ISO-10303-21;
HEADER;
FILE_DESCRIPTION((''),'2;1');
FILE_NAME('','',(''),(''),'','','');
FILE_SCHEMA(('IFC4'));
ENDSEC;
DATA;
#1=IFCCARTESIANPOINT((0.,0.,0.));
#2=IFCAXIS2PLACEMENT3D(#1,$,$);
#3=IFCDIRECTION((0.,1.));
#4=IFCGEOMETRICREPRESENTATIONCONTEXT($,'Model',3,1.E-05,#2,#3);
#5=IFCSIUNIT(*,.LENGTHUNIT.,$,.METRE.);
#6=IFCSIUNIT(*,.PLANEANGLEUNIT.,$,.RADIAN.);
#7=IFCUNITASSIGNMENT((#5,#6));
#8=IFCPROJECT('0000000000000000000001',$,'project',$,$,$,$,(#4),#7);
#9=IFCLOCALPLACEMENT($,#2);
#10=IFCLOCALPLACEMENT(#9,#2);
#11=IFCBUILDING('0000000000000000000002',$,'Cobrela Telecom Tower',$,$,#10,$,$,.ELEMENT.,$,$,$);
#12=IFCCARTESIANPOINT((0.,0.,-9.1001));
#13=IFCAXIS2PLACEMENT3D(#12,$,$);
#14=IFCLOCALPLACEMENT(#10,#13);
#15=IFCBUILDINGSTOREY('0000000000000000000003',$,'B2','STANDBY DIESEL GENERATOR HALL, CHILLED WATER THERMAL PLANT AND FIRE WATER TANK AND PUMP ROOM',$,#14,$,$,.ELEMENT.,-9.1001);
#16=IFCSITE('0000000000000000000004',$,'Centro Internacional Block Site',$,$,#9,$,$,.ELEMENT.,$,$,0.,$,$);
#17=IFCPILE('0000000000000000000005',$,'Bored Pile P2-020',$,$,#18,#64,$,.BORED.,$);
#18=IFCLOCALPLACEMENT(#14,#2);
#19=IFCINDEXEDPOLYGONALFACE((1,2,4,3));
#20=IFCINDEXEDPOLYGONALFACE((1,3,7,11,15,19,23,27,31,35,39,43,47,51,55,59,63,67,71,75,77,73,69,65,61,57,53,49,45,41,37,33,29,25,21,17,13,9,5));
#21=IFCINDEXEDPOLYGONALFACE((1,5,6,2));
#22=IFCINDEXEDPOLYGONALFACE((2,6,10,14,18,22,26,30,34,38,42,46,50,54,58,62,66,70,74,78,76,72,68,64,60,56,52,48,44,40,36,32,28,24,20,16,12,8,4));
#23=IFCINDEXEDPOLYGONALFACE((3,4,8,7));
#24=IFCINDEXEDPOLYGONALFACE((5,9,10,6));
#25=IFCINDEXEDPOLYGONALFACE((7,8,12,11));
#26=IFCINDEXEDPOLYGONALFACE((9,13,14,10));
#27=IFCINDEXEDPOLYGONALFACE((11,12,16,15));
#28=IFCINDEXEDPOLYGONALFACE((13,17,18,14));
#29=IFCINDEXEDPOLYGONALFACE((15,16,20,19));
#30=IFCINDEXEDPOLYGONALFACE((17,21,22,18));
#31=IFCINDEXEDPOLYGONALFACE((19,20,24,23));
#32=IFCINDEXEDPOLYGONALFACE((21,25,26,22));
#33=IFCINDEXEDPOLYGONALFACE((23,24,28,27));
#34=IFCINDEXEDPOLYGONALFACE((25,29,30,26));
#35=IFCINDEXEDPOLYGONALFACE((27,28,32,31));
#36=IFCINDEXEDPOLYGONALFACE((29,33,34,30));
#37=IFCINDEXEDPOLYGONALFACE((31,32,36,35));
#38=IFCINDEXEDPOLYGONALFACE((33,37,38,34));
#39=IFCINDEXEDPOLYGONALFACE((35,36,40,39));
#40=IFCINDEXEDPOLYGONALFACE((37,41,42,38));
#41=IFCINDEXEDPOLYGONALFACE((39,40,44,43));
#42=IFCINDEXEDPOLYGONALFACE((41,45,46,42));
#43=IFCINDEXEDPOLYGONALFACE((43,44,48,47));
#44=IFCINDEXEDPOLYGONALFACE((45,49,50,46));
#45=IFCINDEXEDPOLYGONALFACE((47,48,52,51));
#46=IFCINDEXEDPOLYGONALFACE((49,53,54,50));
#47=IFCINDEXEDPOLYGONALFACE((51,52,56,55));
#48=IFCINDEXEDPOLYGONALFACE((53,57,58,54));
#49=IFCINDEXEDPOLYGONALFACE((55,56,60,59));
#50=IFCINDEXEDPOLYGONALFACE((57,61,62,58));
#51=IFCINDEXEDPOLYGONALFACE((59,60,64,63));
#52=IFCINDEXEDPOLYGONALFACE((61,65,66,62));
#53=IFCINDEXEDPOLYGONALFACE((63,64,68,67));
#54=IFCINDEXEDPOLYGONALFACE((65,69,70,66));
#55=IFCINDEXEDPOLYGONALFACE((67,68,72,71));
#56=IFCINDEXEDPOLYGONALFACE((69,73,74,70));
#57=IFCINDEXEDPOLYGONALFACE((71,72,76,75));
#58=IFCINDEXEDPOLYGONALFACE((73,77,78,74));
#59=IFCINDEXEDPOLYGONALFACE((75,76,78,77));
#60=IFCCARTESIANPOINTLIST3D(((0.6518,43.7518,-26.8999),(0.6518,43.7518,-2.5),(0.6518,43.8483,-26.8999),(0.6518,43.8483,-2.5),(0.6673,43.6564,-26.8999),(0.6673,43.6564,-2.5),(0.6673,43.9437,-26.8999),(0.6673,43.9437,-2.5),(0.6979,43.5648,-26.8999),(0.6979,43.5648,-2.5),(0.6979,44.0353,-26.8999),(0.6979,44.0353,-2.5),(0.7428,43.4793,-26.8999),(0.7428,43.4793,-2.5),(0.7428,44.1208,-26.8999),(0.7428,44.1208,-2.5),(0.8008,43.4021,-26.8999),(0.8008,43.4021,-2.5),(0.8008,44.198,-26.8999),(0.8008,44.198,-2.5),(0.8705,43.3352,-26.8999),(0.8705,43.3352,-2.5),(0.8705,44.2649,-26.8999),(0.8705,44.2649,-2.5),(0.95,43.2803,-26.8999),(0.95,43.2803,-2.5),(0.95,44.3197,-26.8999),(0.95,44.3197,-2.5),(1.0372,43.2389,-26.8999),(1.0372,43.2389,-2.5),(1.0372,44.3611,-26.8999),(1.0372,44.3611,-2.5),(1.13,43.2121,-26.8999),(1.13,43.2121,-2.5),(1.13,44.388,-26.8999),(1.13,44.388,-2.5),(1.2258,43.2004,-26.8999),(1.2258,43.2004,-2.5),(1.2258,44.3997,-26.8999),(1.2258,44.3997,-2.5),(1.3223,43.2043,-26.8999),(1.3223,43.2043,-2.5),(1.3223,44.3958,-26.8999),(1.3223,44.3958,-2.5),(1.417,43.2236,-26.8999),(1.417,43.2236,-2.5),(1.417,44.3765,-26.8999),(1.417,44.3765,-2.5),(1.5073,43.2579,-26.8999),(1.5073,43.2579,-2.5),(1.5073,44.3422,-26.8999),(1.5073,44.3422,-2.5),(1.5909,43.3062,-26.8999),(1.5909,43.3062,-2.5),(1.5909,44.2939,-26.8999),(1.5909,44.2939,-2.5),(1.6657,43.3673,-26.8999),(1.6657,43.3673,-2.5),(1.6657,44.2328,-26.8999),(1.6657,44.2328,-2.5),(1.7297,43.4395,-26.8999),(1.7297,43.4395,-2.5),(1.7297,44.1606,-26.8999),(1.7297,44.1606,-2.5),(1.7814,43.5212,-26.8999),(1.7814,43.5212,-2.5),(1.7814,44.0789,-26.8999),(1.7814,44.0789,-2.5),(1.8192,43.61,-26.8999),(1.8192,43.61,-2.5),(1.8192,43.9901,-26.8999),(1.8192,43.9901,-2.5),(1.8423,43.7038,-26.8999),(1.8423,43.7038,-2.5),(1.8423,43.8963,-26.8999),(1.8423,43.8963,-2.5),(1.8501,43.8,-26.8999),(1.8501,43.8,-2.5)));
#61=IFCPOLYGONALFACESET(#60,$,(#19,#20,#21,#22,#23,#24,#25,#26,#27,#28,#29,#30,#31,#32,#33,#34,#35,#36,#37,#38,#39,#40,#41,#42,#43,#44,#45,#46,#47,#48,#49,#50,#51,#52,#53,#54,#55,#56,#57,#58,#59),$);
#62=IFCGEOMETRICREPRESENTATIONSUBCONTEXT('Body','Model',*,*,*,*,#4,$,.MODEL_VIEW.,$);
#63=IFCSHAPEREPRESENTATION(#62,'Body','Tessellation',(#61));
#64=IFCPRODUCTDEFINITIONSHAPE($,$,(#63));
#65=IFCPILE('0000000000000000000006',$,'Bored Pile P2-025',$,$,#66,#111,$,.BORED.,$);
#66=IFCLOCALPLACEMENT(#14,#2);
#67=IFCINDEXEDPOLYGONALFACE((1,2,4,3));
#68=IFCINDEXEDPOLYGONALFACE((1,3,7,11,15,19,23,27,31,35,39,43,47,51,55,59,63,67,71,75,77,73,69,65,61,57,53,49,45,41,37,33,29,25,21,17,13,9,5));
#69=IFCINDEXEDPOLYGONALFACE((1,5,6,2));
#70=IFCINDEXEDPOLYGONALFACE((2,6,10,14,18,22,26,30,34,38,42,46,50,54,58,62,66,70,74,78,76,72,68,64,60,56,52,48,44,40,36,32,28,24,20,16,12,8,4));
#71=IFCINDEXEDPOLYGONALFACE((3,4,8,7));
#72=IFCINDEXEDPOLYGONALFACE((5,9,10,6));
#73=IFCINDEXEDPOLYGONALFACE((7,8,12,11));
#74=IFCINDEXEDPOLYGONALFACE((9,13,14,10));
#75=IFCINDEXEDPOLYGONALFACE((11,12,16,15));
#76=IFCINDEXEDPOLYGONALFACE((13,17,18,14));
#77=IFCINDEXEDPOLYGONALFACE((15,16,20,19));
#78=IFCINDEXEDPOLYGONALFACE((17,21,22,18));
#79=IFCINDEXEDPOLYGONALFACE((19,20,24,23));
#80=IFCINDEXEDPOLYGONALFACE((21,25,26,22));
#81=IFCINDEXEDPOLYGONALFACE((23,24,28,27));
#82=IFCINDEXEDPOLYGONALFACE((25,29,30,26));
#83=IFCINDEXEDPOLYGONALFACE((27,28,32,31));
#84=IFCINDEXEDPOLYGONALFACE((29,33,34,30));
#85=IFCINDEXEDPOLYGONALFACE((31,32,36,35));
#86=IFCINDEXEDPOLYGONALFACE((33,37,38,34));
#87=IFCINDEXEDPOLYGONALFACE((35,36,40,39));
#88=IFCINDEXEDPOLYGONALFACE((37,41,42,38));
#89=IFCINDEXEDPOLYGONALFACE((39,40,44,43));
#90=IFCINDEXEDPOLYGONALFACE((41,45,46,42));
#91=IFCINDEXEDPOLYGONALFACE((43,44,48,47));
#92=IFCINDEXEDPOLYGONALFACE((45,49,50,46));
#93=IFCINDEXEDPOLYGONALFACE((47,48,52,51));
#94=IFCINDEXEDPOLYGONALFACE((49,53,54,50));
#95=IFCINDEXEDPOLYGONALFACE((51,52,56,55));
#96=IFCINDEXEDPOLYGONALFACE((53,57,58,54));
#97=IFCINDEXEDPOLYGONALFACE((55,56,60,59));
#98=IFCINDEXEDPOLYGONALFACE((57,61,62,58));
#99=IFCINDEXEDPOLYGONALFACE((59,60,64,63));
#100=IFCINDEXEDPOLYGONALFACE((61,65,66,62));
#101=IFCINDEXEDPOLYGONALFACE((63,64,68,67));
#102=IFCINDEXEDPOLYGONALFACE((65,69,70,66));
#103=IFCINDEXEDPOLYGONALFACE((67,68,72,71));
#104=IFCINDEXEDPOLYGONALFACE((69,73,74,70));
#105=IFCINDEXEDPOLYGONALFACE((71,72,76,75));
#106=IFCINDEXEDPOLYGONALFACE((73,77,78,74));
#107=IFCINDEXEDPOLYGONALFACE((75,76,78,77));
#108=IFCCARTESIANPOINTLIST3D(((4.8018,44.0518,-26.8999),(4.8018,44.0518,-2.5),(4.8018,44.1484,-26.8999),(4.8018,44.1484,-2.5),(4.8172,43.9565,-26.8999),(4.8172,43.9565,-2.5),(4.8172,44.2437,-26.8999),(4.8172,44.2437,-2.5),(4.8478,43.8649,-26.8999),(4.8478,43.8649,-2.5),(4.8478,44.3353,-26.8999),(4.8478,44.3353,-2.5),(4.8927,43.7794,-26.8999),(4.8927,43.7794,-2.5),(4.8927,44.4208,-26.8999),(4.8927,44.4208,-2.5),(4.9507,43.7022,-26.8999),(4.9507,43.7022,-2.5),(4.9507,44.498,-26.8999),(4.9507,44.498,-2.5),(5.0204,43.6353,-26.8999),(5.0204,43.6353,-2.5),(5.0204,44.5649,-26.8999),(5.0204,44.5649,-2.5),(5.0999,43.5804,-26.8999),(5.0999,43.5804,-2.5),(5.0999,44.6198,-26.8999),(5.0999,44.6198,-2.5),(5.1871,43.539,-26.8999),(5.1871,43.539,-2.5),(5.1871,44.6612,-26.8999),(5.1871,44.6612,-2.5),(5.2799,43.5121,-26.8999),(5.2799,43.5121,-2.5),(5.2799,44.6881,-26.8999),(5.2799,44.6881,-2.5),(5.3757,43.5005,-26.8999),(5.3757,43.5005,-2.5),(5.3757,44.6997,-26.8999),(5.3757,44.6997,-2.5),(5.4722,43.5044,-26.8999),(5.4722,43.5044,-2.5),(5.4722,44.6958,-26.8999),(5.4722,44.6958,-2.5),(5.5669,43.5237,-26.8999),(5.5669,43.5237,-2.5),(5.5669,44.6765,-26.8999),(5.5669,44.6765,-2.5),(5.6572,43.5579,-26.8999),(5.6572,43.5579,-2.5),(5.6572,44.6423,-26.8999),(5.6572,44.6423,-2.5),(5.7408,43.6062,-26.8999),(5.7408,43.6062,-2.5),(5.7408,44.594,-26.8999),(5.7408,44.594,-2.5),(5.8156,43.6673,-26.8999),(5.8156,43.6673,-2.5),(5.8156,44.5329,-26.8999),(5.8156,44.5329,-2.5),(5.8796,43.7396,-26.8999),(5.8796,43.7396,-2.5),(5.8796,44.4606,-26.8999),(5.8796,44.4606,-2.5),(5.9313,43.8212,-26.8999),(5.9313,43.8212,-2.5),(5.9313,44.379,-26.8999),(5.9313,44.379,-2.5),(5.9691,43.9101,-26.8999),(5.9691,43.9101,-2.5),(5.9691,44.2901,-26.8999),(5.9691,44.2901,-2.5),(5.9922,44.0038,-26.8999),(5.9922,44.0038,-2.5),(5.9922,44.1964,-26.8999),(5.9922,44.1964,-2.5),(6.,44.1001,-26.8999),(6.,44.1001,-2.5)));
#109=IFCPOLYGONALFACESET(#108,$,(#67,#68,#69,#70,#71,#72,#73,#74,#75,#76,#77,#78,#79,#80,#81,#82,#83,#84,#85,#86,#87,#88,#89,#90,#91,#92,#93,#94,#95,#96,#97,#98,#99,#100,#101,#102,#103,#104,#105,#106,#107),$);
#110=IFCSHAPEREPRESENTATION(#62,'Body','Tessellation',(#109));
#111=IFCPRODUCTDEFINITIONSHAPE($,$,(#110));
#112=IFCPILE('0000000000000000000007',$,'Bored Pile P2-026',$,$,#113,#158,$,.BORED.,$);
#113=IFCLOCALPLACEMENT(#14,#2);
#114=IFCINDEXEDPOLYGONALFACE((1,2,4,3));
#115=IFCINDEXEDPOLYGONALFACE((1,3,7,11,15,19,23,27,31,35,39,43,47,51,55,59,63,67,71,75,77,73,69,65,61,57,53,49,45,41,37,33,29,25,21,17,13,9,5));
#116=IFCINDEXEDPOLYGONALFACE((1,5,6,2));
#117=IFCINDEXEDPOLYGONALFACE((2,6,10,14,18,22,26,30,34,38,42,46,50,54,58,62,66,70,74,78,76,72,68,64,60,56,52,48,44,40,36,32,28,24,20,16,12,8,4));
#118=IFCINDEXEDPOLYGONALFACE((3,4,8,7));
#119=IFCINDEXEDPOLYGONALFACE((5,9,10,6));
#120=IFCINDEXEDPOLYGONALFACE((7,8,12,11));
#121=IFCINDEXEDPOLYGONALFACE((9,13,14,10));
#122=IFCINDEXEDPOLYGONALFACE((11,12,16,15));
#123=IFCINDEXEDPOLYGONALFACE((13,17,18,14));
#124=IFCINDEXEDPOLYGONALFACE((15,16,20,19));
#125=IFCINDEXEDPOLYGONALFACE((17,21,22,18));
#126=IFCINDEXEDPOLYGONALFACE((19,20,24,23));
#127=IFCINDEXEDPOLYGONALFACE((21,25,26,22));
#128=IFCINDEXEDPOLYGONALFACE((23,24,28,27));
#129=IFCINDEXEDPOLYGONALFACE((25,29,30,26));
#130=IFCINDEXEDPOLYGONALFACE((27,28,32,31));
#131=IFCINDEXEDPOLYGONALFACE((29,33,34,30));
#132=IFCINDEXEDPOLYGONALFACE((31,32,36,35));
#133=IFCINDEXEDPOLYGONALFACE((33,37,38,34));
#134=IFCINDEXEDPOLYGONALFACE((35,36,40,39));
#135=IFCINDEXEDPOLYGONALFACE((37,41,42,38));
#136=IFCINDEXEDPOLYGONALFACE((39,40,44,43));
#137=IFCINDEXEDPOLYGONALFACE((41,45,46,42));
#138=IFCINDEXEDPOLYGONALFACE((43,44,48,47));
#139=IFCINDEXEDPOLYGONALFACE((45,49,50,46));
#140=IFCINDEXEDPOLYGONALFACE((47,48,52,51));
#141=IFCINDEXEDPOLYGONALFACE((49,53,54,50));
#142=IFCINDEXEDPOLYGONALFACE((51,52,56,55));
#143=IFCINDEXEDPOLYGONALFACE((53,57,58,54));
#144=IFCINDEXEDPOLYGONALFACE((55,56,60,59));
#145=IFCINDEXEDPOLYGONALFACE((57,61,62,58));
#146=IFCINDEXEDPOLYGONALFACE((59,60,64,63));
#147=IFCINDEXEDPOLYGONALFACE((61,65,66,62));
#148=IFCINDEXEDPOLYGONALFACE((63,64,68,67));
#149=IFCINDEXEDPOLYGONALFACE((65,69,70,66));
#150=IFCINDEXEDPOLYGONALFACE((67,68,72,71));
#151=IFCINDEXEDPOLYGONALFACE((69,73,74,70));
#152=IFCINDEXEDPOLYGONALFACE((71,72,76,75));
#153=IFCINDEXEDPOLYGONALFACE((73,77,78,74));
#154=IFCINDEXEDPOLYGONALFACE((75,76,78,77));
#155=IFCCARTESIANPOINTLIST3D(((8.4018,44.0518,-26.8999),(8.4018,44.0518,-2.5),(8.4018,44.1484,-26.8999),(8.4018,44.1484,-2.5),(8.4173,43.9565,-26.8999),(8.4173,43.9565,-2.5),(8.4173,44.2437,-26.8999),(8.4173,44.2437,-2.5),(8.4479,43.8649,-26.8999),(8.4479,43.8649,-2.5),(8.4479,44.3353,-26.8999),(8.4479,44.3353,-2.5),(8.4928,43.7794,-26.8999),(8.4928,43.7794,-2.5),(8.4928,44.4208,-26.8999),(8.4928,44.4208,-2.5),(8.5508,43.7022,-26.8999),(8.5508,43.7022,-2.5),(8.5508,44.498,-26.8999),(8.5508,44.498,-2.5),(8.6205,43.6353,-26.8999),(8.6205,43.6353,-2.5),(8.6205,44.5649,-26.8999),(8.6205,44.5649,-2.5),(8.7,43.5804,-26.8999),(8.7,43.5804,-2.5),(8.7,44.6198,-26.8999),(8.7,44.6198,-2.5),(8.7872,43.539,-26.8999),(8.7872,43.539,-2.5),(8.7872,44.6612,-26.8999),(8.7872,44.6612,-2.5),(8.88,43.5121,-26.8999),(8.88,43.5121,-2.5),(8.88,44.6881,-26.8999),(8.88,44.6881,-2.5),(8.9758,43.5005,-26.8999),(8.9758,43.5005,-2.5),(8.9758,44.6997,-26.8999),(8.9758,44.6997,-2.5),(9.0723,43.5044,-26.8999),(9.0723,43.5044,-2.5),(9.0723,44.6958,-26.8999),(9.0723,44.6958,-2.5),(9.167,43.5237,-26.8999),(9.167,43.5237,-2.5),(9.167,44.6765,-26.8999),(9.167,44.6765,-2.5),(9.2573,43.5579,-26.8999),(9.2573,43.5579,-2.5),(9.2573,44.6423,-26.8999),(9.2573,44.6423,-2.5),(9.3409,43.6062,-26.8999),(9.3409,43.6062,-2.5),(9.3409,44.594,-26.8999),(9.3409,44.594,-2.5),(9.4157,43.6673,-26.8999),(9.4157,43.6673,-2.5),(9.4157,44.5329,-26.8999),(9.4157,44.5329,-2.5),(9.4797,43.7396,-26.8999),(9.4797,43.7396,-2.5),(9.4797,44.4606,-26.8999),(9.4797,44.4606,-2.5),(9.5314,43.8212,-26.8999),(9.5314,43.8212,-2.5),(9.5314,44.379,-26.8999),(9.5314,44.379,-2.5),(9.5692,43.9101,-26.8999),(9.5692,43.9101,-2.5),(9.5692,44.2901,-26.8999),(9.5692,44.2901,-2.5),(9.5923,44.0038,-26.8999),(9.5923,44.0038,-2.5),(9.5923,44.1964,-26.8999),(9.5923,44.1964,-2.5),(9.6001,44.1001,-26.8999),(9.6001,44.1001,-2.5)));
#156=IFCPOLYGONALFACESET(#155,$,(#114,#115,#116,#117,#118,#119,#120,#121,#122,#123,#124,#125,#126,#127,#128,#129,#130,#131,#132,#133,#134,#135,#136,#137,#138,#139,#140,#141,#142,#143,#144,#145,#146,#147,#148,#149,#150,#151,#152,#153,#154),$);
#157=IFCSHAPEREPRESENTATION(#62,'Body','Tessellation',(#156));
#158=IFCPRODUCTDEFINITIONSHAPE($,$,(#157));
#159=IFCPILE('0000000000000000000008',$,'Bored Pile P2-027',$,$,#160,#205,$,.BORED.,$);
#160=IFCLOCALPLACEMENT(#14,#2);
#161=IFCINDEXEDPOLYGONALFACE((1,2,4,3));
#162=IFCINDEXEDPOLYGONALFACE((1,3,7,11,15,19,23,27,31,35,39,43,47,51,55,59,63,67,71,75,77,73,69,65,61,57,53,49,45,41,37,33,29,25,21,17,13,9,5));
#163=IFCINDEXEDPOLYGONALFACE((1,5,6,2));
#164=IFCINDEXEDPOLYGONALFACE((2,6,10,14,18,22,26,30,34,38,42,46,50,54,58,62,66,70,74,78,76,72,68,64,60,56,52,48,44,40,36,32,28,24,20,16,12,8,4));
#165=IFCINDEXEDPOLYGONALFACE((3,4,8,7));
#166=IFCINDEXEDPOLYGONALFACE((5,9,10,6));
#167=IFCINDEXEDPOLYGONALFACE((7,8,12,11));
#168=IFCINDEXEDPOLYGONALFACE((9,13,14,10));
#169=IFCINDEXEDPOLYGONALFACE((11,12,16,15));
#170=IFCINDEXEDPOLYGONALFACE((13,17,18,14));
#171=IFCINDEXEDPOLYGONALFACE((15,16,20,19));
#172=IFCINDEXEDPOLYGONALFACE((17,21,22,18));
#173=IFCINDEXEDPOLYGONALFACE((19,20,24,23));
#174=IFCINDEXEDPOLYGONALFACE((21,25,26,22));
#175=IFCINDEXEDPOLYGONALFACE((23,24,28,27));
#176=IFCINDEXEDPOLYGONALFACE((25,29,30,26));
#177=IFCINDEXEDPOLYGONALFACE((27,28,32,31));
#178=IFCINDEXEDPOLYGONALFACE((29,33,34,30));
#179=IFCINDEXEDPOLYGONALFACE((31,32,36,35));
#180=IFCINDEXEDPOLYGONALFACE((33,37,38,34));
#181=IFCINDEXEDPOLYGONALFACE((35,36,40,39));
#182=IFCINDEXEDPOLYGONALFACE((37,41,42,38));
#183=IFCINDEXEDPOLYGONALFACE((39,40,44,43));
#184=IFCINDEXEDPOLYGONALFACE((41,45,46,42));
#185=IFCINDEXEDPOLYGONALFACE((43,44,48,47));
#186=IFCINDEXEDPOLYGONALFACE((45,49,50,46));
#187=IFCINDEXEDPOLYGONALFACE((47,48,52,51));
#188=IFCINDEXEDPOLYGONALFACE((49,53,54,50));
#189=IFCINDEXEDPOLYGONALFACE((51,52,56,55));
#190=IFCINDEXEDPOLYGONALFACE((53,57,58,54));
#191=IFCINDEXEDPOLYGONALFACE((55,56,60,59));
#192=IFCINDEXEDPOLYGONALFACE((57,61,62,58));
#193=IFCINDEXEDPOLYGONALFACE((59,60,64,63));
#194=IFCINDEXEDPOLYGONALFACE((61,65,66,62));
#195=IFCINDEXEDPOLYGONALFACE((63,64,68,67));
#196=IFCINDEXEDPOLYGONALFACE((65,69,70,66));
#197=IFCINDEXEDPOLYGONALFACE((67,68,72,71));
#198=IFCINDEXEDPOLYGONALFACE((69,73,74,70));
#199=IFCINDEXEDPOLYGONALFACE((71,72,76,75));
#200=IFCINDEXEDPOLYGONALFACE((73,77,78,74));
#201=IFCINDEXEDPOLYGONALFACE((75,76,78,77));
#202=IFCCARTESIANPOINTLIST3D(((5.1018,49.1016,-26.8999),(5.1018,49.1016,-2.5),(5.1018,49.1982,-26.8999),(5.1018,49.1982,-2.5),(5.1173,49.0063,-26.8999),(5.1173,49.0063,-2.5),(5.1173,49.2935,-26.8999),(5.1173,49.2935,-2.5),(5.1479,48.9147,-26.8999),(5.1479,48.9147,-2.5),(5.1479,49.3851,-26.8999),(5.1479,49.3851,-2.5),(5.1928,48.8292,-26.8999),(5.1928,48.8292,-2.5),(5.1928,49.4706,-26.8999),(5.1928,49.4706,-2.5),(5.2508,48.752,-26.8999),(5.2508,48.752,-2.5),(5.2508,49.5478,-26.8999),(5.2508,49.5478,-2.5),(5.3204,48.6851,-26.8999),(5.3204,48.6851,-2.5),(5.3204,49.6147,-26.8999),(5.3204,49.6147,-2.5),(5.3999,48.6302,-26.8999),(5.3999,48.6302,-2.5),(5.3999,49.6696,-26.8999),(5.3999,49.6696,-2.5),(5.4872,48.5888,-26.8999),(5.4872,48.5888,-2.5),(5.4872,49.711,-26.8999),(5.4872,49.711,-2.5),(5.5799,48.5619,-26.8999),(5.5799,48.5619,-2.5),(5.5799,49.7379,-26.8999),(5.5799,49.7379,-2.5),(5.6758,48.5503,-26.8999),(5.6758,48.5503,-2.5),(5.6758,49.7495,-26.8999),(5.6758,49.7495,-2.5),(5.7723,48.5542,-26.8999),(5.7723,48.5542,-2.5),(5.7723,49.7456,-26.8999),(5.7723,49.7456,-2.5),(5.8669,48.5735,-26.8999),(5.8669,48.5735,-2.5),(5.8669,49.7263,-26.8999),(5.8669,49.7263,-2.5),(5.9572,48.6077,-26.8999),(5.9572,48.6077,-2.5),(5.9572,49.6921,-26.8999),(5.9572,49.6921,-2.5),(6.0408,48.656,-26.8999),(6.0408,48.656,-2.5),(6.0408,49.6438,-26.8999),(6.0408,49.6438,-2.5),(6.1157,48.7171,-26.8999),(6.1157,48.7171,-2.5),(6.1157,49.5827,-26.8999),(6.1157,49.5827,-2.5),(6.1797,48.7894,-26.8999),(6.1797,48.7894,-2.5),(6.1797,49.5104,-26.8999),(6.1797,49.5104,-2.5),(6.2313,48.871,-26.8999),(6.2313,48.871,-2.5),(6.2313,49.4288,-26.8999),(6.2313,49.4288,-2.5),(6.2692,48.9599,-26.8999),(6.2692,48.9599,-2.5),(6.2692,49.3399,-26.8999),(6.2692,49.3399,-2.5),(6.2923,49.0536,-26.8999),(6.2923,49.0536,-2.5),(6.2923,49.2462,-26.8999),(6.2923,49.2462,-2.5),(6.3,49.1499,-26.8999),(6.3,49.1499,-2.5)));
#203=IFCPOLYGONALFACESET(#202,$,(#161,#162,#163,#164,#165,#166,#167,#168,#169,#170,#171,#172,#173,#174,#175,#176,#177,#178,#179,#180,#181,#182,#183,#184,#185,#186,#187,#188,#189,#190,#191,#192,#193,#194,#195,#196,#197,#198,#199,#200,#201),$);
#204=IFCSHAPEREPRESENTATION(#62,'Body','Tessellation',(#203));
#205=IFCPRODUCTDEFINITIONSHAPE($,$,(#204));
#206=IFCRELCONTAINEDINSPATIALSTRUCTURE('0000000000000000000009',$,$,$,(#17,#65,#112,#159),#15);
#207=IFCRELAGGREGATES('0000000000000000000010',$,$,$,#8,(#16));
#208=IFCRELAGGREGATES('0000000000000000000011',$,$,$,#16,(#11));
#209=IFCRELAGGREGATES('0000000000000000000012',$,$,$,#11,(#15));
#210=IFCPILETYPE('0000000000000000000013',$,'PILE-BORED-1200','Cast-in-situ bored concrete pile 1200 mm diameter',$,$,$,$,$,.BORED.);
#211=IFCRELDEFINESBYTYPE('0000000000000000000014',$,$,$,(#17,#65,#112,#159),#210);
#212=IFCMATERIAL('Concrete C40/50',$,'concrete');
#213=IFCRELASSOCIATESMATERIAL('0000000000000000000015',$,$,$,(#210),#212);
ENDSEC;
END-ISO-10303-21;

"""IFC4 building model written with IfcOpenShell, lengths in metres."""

from ifc_helpers import new_model, si_unit, direction, frame, origin, origin_2d, place, context, subcontext, project, spatial, circle, extrude, material, material_profile, profile_set, type_object, element, save


model = new_model("IFC4")

# Units and contexts
model_context = context("Model", 3, precision=1e-05, world=origin(), true_north=direction((0.0, 1.0)))
body_context = subcontext(model_context, "Body", "Model", "MODEL_VIEW")
ifc_project = project(units=[si_unit("LENGTHUNIT", "METRE"), si_unit("PLANEANGLEUNIT", "RADIAN")], contexts=[model_context])

# Site, building, storey
site_placement = place(None, origin())
site = spatial("IfcSite", under=ifc_project, at=site_placement, Name="Centro Internacional Block Site", CompositionType="ELEMENT", RefElevation=0.0)
building_placement = place(site_placement, origin())
building = spatial("IfcBuilding", under=site, at=building_placement, Name="Cobrela Telecom Tower", CompositionType="ELEMENT")
storey_placement = place(building_placement, frame((0.0, 0.0, -9.1001)))
storey = spatial("IfcBuildingStorey", under=building, at=storey_placement, Name="B2", Description="STANDBY DIESEL GENERATOR HALL, CHILLED WATER THERMAL PLANT AND FIRE WATER TANK AND PUMP ROOM", CompositionType="ELEMENT", Elevation=-9.1001)

# Shared definitions
ifc_material_1 = material(Name="Concrete C40/50", Category="concrete")

# Piles
ifc_material_profile_1 = material_profile(ifc_material_1, circle(Radius=0.6001, at=origin_2d()), Name="BORED PILE D1200")
ifc_profile_set_1 = profile_set([ifc_material_profile_1], Name="Concrete C40/50")
pile_type = type_object("IfcPileType", Name="PILE-BORED-1200", Description="Cast-in-situ bored concrete pile 1200 mm diameter", PredefinedType="BORED", material=ifc_profile_set_1)
for number, where, z_axis, x_axis, name in (
    (1, (1.25, 43.8, -2.5), (0.0, 0.0, -1.0), (1.0, 0.0, 0.0), "Bored Pile P2-020"),
    (2, (5.3999, 44.1001, -2.5), (0.0, 0.0, -1.0), (1.0, 0.0, 0.0), "Bored Pile P2-025"),
    (3, (9.0, 44.1001, -2.5), (0.0, 0.0, -1.0), (1.0, 0.0, 0.0), "Bored Pile P2-026"),
    (4, (5.7, 49.1499, -2.5), (0.0, 0.0, -1.0), (1.0, 0.0, 0.0), "Bored Pile P2-027"),
):
    element("IfcPile", number, at=place(storey_placement, frame(where, z_axis=z_axis, x_axis=x_axis)), inside=storey, type_object=pile_type, Name=name, PredefinedType="BORED", context=body_context, shape_type="SweptSolid", body=[
        extrude(circle(Radius=0.6001, at=origin_2d()), origin(), (0.0, 0.0, 1.0), 24.3999),
    ])

save(model, "model.ifc")
